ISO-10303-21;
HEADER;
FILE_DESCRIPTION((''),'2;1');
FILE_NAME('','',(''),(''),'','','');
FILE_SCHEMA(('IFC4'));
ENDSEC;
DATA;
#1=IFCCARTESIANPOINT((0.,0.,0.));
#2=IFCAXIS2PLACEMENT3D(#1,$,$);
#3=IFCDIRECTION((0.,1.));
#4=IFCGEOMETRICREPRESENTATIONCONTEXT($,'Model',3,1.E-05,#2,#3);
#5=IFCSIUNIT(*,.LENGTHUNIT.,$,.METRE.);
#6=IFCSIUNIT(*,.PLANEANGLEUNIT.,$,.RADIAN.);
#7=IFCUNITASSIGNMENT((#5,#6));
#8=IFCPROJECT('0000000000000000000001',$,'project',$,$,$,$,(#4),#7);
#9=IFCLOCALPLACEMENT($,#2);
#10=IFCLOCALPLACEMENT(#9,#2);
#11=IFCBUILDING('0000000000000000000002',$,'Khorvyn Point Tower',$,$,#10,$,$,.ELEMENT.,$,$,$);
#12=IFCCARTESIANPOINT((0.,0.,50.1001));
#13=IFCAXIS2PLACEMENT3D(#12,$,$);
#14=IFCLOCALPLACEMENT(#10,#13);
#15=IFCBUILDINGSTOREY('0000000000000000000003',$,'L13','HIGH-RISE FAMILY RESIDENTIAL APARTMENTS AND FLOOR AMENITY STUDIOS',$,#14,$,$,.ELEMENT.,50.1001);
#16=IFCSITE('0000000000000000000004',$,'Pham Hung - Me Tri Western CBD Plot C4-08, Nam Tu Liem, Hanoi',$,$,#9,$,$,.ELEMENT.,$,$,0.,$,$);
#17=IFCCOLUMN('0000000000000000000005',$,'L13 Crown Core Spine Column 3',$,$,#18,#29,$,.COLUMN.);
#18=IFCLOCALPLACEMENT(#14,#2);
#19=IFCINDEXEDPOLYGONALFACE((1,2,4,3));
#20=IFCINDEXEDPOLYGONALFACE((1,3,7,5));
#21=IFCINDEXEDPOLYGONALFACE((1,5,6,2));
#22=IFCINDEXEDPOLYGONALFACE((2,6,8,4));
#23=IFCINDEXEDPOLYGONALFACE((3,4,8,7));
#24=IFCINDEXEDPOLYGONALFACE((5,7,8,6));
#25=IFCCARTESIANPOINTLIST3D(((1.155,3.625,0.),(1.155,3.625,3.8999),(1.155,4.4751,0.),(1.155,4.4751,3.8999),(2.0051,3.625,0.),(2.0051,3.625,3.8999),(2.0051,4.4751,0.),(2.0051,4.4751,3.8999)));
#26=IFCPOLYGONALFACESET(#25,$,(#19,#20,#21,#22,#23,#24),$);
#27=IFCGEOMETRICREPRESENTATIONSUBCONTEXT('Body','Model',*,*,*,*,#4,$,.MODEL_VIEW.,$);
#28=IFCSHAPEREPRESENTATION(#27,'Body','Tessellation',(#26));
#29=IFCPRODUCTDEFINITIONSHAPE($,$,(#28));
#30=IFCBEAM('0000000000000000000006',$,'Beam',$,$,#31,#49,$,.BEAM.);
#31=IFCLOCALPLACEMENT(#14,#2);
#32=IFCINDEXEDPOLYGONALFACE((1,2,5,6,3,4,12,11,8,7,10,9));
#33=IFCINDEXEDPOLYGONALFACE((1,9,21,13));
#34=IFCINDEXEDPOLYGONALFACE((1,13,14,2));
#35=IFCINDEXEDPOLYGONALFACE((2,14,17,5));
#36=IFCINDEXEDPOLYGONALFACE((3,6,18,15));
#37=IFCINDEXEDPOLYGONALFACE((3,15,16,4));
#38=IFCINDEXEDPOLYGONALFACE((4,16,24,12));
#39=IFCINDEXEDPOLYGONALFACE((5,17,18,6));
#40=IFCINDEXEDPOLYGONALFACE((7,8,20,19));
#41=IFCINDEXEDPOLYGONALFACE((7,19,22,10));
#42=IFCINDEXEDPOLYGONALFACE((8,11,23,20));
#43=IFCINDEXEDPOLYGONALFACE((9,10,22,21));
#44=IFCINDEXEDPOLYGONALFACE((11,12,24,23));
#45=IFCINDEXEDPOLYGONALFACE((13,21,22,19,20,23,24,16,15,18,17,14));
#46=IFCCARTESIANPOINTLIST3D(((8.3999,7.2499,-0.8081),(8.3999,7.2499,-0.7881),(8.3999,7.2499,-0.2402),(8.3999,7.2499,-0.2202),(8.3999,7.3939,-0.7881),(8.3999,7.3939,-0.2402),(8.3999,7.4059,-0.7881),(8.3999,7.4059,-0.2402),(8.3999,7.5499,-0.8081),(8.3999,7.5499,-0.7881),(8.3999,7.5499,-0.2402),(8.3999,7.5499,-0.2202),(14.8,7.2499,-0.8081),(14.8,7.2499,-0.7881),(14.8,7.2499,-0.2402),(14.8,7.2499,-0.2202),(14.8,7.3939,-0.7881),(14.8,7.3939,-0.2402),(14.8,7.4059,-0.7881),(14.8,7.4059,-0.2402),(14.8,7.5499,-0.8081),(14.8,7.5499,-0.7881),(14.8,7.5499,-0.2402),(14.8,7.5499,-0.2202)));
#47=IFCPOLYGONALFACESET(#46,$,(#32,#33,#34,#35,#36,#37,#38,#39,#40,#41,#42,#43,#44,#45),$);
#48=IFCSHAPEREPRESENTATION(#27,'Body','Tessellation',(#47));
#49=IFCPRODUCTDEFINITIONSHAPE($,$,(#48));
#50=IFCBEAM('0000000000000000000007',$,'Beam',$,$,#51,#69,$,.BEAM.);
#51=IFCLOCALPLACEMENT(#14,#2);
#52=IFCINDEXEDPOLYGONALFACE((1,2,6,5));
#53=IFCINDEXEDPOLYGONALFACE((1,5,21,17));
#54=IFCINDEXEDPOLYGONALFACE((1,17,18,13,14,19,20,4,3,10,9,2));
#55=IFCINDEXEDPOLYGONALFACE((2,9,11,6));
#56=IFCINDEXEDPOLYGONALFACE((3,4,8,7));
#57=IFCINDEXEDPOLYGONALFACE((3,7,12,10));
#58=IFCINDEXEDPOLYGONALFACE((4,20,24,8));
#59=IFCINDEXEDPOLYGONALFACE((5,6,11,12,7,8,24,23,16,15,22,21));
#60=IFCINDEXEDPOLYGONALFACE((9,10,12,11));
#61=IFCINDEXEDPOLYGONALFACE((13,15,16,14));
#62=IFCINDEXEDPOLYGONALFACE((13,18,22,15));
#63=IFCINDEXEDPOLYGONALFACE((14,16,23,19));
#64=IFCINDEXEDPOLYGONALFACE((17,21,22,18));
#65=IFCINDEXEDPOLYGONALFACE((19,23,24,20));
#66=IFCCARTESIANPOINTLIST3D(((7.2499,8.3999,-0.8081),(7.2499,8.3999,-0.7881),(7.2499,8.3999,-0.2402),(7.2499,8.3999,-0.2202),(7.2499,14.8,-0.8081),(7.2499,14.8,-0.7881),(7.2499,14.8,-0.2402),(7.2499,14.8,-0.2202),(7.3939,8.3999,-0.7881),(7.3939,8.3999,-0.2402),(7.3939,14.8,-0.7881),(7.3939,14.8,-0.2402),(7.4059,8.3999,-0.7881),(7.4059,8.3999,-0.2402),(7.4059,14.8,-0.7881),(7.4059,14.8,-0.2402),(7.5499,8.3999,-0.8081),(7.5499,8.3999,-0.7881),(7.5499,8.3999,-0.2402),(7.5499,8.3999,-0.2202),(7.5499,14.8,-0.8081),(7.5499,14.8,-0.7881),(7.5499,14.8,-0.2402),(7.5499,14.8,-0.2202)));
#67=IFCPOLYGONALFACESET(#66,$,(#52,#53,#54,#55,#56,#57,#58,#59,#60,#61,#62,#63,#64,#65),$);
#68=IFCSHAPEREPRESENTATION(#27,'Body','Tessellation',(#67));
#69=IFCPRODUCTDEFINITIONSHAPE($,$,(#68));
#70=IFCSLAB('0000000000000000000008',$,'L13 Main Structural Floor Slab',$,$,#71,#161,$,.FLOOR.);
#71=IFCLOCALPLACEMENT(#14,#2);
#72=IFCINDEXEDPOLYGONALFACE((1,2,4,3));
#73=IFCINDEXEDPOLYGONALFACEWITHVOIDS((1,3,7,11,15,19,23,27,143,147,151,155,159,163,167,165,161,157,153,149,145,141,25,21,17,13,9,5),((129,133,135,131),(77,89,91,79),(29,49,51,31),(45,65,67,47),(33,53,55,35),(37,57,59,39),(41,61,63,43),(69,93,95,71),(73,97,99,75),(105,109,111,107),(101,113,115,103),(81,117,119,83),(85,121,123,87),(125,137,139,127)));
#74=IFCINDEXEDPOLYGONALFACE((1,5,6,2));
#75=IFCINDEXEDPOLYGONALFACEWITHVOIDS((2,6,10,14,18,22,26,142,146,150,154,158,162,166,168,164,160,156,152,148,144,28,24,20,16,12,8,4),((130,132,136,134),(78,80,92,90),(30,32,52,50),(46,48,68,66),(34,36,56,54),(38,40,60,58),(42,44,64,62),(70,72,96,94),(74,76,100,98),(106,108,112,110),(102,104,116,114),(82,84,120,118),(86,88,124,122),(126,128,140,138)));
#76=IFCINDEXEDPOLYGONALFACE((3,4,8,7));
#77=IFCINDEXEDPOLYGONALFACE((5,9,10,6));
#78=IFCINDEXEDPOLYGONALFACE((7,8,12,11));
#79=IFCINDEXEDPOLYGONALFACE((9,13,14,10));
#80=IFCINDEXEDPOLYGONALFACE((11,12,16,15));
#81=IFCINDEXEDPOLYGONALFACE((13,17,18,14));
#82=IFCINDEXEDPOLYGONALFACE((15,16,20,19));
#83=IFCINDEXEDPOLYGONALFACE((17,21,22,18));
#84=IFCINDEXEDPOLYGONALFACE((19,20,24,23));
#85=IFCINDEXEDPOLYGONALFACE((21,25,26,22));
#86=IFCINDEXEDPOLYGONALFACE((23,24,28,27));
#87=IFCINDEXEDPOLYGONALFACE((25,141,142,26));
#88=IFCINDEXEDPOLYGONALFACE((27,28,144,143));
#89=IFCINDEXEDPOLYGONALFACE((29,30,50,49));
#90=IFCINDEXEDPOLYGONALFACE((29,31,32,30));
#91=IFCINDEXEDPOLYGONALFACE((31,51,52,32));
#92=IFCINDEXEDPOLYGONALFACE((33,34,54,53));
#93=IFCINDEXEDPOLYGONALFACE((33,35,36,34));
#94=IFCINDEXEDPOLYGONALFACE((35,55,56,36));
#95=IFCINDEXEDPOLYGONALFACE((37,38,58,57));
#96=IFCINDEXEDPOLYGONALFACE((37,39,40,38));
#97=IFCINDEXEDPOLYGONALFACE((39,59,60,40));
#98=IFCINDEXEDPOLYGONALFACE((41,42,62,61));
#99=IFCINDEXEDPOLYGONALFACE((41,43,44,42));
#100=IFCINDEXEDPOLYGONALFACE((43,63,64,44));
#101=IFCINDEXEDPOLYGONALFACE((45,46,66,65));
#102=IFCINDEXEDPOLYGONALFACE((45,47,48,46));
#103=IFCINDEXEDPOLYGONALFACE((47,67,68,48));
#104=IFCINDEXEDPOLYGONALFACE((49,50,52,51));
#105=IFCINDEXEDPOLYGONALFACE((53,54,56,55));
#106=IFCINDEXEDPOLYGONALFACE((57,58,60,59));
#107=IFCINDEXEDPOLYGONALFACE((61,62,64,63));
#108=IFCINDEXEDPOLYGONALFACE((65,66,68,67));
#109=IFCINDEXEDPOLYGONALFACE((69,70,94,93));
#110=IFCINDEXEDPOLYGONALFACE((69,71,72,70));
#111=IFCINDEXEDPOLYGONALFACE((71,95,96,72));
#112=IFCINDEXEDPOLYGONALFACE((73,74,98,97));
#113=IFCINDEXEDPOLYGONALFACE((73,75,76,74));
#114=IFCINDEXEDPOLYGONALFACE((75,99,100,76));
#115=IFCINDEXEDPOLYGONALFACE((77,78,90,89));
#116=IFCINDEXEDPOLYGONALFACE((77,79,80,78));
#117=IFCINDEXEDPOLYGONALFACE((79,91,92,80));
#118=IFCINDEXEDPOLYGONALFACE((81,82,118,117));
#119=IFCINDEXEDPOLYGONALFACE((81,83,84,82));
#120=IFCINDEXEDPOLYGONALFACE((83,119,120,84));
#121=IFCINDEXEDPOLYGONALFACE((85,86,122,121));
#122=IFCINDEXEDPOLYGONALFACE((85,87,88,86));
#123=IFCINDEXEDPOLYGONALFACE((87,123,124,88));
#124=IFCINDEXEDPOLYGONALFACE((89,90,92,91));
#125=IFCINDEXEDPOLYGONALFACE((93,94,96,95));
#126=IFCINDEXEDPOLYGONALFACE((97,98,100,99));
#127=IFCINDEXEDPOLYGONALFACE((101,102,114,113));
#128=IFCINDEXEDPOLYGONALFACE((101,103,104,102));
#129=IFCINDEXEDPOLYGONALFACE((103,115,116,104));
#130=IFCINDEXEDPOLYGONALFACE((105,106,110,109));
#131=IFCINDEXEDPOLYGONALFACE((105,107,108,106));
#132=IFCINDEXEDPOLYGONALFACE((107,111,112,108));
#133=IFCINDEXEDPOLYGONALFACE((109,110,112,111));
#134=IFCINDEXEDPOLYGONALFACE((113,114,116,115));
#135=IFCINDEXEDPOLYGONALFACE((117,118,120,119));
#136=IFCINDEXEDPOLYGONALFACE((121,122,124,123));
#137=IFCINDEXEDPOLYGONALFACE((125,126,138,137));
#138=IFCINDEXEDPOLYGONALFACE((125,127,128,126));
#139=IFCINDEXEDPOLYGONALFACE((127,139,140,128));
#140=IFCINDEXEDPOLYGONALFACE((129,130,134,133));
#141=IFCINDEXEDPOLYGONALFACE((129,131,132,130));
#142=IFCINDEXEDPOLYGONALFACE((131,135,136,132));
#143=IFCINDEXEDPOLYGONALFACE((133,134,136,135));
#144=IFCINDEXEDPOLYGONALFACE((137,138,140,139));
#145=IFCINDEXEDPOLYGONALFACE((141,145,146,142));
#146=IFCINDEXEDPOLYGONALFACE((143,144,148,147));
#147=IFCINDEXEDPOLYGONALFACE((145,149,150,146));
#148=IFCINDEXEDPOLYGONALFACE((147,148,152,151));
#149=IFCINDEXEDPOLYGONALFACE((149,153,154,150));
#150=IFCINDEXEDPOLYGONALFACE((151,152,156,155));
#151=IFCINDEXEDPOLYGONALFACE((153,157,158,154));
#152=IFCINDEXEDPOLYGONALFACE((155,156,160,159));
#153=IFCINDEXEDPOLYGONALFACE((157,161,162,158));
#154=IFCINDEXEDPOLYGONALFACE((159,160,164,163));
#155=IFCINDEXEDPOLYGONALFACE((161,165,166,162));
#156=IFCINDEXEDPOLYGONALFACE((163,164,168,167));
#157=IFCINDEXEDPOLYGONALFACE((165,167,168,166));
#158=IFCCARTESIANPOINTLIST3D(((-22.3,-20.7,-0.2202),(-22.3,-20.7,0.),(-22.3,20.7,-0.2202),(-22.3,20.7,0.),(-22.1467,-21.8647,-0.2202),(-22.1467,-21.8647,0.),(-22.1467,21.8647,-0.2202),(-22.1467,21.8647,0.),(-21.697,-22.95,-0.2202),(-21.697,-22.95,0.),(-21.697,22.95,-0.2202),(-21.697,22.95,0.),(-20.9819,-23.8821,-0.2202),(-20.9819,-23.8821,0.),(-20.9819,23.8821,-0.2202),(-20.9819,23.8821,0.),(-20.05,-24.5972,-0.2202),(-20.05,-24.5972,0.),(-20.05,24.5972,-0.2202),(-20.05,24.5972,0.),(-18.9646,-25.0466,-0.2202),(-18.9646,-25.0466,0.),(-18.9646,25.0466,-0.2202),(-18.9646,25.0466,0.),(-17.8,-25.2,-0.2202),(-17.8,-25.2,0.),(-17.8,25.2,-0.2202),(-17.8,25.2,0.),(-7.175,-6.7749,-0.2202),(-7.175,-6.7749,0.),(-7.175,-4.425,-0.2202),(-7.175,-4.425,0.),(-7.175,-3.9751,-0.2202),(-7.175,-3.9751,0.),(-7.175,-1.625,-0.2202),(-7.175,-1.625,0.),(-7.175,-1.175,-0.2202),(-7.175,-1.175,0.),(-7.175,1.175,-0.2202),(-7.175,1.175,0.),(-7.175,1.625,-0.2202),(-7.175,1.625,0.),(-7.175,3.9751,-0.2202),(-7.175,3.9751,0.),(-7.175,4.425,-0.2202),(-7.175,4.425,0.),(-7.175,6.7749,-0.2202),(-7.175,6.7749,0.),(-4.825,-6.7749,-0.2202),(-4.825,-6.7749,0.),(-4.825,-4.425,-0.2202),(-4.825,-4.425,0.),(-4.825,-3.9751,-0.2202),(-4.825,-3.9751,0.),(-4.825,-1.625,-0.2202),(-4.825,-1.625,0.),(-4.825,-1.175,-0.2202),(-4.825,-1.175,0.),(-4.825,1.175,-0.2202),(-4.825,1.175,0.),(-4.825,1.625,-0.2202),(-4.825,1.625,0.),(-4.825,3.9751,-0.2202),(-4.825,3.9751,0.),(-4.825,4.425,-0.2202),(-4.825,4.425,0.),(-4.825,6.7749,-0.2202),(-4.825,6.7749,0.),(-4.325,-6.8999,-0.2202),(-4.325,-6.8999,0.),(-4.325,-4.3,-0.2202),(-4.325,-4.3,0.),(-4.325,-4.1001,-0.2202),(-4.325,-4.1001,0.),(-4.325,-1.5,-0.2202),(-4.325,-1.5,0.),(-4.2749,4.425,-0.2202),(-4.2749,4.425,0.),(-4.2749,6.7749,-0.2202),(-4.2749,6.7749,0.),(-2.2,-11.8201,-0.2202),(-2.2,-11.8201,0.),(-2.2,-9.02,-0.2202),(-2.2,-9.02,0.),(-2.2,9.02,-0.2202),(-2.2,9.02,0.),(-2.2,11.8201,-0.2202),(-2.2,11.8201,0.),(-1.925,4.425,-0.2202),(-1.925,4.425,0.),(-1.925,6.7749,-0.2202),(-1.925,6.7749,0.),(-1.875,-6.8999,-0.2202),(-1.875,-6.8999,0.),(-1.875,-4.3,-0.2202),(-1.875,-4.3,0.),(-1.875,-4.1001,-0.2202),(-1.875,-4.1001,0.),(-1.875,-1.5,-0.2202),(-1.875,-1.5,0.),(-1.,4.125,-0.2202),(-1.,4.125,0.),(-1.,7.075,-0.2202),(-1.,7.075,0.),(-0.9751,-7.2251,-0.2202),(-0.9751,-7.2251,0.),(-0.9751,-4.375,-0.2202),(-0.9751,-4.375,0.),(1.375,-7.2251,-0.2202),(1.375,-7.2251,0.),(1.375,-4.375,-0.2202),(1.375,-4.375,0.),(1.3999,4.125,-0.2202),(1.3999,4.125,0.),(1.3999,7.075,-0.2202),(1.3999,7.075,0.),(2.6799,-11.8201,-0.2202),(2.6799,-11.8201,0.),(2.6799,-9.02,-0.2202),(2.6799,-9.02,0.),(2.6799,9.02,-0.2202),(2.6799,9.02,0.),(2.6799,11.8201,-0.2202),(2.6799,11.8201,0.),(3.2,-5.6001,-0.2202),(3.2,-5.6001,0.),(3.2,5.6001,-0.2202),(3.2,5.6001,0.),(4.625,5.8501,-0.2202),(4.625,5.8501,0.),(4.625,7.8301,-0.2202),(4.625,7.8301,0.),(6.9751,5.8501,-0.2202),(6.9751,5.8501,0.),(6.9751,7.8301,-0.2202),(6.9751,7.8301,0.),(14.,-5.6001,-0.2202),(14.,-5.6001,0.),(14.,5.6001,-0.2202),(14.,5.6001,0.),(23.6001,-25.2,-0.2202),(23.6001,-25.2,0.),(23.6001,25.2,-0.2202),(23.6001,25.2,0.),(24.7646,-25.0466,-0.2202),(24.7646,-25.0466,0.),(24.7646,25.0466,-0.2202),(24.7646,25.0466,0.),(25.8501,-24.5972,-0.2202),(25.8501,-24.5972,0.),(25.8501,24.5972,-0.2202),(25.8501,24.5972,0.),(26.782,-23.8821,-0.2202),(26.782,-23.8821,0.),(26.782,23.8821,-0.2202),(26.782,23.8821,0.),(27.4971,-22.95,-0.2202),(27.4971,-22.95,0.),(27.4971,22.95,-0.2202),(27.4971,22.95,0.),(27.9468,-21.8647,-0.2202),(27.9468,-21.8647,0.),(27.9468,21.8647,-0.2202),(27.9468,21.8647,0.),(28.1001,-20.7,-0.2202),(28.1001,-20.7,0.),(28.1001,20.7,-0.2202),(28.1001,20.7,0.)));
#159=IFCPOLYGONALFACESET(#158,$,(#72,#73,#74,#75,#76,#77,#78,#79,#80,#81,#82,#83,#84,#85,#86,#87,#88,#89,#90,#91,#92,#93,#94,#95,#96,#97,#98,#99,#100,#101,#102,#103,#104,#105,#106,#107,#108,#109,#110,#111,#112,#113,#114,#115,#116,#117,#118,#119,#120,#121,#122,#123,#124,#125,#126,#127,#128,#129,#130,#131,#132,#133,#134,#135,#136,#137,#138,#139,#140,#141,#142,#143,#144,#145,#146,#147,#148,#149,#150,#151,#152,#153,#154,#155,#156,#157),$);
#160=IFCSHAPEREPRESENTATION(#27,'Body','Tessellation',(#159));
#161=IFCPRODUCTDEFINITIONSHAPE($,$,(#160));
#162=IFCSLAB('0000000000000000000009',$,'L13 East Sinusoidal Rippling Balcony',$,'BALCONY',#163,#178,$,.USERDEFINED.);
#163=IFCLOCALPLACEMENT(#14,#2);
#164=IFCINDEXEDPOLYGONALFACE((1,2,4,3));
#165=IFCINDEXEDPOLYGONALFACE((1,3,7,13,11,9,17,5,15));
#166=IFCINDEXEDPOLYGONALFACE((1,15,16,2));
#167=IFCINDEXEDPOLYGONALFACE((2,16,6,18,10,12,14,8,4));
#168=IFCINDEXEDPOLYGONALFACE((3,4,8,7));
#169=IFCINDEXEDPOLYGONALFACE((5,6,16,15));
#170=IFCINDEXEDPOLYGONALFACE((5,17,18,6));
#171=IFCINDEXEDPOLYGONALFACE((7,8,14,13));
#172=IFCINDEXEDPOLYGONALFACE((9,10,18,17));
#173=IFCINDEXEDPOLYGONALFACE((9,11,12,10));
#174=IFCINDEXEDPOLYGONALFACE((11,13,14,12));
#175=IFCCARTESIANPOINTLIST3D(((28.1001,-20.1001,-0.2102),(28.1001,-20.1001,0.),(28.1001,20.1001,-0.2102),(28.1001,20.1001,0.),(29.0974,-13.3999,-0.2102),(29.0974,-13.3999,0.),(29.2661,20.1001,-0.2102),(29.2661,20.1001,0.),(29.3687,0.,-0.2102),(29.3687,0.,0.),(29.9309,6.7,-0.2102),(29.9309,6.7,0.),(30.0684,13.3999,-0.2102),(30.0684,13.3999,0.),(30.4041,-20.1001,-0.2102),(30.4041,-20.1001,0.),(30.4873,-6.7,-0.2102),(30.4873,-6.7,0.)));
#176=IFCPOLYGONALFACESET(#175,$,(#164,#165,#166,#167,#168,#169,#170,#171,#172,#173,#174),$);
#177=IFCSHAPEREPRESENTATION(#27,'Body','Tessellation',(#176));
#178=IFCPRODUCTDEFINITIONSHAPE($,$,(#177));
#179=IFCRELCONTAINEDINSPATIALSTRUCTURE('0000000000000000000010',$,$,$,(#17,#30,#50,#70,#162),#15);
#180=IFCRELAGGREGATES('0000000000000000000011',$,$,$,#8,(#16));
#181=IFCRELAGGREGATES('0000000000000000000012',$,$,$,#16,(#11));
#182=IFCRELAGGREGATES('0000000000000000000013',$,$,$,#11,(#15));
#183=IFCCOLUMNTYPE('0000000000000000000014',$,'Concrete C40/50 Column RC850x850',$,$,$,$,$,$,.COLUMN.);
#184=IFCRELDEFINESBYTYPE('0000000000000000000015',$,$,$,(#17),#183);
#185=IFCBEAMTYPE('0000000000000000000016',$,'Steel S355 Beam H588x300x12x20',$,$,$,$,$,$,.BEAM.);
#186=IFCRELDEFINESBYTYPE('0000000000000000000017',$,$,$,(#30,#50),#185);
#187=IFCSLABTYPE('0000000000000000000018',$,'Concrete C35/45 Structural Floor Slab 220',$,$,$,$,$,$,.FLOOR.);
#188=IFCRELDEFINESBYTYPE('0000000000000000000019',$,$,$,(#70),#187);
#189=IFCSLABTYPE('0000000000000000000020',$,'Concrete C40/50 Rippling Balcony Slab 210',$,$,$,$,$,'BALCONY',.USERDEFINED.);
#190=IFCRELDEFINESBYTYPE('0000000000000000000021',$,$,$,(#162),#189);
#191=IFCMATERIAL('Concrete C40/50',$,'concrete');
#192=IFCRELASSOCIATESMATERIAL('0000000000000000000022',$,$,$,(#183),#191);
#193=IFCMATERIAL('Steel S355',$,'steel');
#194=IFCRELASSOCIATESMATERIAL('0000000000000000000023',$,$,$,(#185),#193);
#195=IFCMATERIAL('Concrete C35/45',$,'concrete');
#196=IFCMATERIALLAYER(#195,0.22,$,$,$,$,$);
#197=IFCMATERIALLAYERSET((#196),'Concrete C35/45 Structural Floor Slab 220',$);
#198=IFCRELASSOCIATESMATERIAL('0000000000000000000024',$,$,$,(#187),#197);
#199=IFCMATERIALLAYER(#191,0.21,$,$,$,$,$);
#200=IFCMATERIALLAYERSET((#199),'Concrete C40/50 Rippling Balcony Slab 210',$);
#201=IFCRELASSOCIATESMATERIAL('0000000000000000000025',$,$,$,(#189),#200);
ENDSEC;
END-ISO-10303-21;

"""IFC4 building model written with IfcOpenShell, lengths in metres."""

from ifc_helpers import new_model, si_unit, direction, frame, origin, origin_2d, place, context, subcontext, project, spatial, polyline, rectangle, i_section, outline, extrude, material, layer, layer_set, material_profile, profile_set, type_object, element, save


model = new_model("IFC4")

# Units and contexts
model_context = context("Model", 3, precision=1e-05, world=origin(), true_north=direction((0.0, 1.0)))
body_context = subcontext(model_context, "Body", "Model", "MODEL_VIEW")
ifc_project = project(units=[si_unit("LENGTHUNIT", "METRE"), si_unit("PLANEANGLEUNIT", "RADIAN")], contexts=[model_context])

# Site, building, storey
site_placement = place(None, origin())
site = spatial("IfcSite", under=ifc_project, at=site_placement, Name="Pham Hung - Me Tri Western CBD Plot C4-08, Nam Tu Liem, Hanoi", CompositionType="ELEMENT", RefElevation=0.0)
building_placement = place(site_placement, origin())
building = spatial("IfcBuilding", under=site, at=building_placement, Name="Khorvyn Point Tower", CompositionType="ELEMENT")
storey_placement = place(building_placement, frame((0.0, 0.0, 50.1001)))
storey = spatial("IfcBuildingStorey", under=building, at=storey_placement, Name="L13", Description="HIGH-RISE FAMILY RESIDENTIAL APARTMENTS AND FLOOR AMENITY STUDIOS", CompositionType="ELEMENT", Elevation=50.1001)

# Column
ifc_material_1 = material(Name="Concrete C40/50", Category="concrete")
ifc_material_profile_1 = material_profile(ifc_material_1, rectangle(XDim=0.8501, YDim=0.8501, at=origin_2d()))
ifc_profile_set_1 = profile_set([ifc_material_profile_1], Name="Concrete C40/50 RC850x850")
column_type = type_object("IfcColumnType", Name="Concrete C40/50 Column RC850x850", PredefinedType="COLUMN", material=ifc_profile_set_1)
column_placement = place(storey_placement, frame((1.5801, 4.05, 0.0), z_axis=(0.0, 0.0, 1.0), x_axis=(1.0, 0.0, 0.0)))
element("IfcColumn", 1, at=column_placement, inside=storey, type_object=column_type, Name="L13 Crown Core Spine Column 3", PredefinedType="COLUMN", context=body_context, shape_type="SweptSolid", body=[
    extrude(rectangle(XDim=0.8501, YDim=0.8501, at=origin_2d()), origin(), (0.0, 0.0, 1.0), 3.8999),
])

# Beams
ifc_material_2 = material(Name="Steel S355", Category="steel")
ifc_material_profile_2 = material_profile(ifc_material_2, i_section(OverallWidth=0.3, OverallDepth=0.5879, WebThickness=0.012, FlangeThickness=0.02, at=origin_2d()))
ifc_profile_set_2 = profile_set([ifc_material_profile_2], Name="Steel S355 H588x300x12x20")
beam_type = type_object("IfcBeamType", Name="Steel S355 Beam H588x300x12x20", PredefinedType="BEAM", material=ifc_profile_set_2)
for number, where, z_axis, x_axis, name in (
    (2, (8.3999, 7.3999, -0.5142), (1.0, 0.0, 0.0), (0.0, 1.0, 0.0), "Beam"),
    (3, (7.3999, 8.3999, -0.5142), (0.0, 1.0, 0.0), (-1.0, 0.0, 0.0), "Beam"),
):
    element("IfcBeam", number, at=place(storey_placement, frame(where, z_axis=z_axis, x_axis=x_axis)), inside=storey, type_object=beam_type, Name=name, PredefinedType="BEAM", context=body_context, shape_type="SweptSolid", body=[
        extrude(i_section(OverallWidth=0.3, OverallDepth=0.5879, WebThickness=0.012, FlangeThickness=0.02, at=origin_2d()), origin(), (0.0, 0.0, 1.0), 6.4001),
    ])

# Slabs
ifc_material_3 = material(Name="Concrete C35/45", Category="concrete")
ifc_layer_1 = layer(ifc_material_3, 0.22)
ifc_layer_set_1 = layer_set([ifc_layer_1], Name="Concrete C35/45 Structural Floor Slab 220")
slab_type_1 = type_object("IfcSlabType", Name="Concrete C35/45 Structural Floor Slab 220", PredefinedType="FLOOR", material=ifc_layer_set_1)
slab_1_placement = place(storey_placement, frame((0.0, 0.0, -0.2202)))
element("IfcSlab", 4, at=slab_1_placement, inside=storey, type_object=slab_type_1, Name="L13 Main Structural Floor Slab", PredefinedType="FLOOR", context=body_context, shape_type="SweptSolid", body=[
    extrude(outline(polyline([(-17.8, -25.2), (-18.9646, -25.0466), (-20.05, -24.5972), (-20.9819, -23.8821), (-21.697, -22.95), (-22.1467, -21.8647), (-22.3, -20.7), (-22.3, 20.7), (-22.1467, 21.8647), (-21.697, 22.95), (-20.9819, 23.8821), (-20.05, 24.5972), (-18.9646, 25.0466), (-17.8, 25.2), (23.6001, 25.2), (24.7646, 25.0466), (25.8501, 24.5972), (26.782, 23.8821), (27.4971, 22.95), (27.9468, 21.8647), (28.1001, 20.7), (28.1001, -20.7), (27.9468, -21.8647), (27.4971, -22.95), (26.782, -23.8821), (25.8501, -24.5972), (24.7646, -25.0466), (23.6001, -25.2), (-17.8, -25.2)]), holes=[polyline([(-4.825, -6.7749), (-4.825, -4.425), (-7.175, -4.425), (-7.175, -6.7749), (-4.825, -6.7749)]), polyline([(-4.325, -6.8999), (-1.875, -6.8999), (-1.875, -4.3), (-4.325, -4.3), (-4.325, -6.8999)]), polyline([(-7.175, -3.9751), (-4.825, -3.9751), (-4.825, -1.625), (-7.175, -1.625), (-7.175, -3.9751)]), polyline([(-7.175, -1.175), (-4.825, -1.175), (-4.825, 1.175), (-7.175, 1.175), (-7.175, -1.175)]), polyline([(-7.175, 1.625), (-4.825, 1.625), (-4.825, 3.9751), (-7.175, 3.9751), (-7.175, 1.625)]), polyline([(-7.175, 4.425), (-4.825, 4.425), (-4.825, 6.7749), (-7.175, 6.7749), (-7.175, 4.425)]), polyline([(-4.2749, 4.425), (-1.925, 4.425), (-1.925, 6.7749), (-4.2749, 6.7749), (-4.2749, 4.425)]), polyline([(2.6799, -11.8201), (2.6799, -9.02), (-2.2, -9.02), (-2.2, -11.8201), (2.6799, -11.8201)]), polyline([(-0.9751, -7.2251), (1.375, -7.2251), (1.375, -4.375), (-0.9751, -4.375), (-0.9751, -7.2251)]), polyline([(-4.325, -4.1001), (-1.875, -4.1001), (-1.875, -1.5), (-4.325, -1.5), (-4.325, -4.1001)]), polyline([(3.2, -5.6001), (14.0, -5.6001), (14.0, 5.6001), (3.2, 5.6001), (3.2, -5.6001)]), polyline([(-1.0, 4.125), (1.3999, 4.125), (1.3999, 7.075), (-1.0, 7.075), (-1.0, 4.125)]), polyline([(4.625, 5.8501), (6.9751, 5.8501), (6.9751, 7.8301), (4.625, 7.8301), (4.625, 5.8501)]), polyline([(-2.2, 9.02), (2.6799, 9.02), (2.6799, 11.8201), (-2.2, 11.8201), (-2.2, 9.02)])]), origin(), (0.0, 0.0, 1.0), 0.2202),
])
ifc_layer_2 = layer(ifc_material_1, 0.21)
ifc_layer_set_2 = layer_set([ifc_layer_2], Name="Concrete C40/50 Rippling Balcony Slab 210")
slab_type_2 = type_object("IfcSlabType", Name="Concrete C40/50 Rippling Balcony Slab 210", ElementType="BALCONY", PredefinedType="USERDEFINED", material=ifc_layer_set_2)
slab_2_placement = place(storey_placement, frame((0.0, 0.0, -0.2102)))
element("IfcSlab", 5, at=slab_2_placement, inside=storey, type_object=slab_type_2, Name="L13 East Sinusoidal Rippling Balcony", ObjectType="BALCONY", PredefinedType="USERDEFINED", context=body_context, shape_type="SweptSolid", body=[
    extrude(outline(polyline([(28.1001, -20.1001), (30.4041, -20.1001), (29.0974, -13.3999), (30.4873, -6.7), (29.3687, 0.0), (29.9309, 6.7), (30.0684, 13.3999), (29.2661, 20.1001), (28.1001, 20.1001), (28.1001, -20.1001)])), origin(), (0.0, 0.0, 1.0), 0.2102),
])

save(model, "model.ifc")
